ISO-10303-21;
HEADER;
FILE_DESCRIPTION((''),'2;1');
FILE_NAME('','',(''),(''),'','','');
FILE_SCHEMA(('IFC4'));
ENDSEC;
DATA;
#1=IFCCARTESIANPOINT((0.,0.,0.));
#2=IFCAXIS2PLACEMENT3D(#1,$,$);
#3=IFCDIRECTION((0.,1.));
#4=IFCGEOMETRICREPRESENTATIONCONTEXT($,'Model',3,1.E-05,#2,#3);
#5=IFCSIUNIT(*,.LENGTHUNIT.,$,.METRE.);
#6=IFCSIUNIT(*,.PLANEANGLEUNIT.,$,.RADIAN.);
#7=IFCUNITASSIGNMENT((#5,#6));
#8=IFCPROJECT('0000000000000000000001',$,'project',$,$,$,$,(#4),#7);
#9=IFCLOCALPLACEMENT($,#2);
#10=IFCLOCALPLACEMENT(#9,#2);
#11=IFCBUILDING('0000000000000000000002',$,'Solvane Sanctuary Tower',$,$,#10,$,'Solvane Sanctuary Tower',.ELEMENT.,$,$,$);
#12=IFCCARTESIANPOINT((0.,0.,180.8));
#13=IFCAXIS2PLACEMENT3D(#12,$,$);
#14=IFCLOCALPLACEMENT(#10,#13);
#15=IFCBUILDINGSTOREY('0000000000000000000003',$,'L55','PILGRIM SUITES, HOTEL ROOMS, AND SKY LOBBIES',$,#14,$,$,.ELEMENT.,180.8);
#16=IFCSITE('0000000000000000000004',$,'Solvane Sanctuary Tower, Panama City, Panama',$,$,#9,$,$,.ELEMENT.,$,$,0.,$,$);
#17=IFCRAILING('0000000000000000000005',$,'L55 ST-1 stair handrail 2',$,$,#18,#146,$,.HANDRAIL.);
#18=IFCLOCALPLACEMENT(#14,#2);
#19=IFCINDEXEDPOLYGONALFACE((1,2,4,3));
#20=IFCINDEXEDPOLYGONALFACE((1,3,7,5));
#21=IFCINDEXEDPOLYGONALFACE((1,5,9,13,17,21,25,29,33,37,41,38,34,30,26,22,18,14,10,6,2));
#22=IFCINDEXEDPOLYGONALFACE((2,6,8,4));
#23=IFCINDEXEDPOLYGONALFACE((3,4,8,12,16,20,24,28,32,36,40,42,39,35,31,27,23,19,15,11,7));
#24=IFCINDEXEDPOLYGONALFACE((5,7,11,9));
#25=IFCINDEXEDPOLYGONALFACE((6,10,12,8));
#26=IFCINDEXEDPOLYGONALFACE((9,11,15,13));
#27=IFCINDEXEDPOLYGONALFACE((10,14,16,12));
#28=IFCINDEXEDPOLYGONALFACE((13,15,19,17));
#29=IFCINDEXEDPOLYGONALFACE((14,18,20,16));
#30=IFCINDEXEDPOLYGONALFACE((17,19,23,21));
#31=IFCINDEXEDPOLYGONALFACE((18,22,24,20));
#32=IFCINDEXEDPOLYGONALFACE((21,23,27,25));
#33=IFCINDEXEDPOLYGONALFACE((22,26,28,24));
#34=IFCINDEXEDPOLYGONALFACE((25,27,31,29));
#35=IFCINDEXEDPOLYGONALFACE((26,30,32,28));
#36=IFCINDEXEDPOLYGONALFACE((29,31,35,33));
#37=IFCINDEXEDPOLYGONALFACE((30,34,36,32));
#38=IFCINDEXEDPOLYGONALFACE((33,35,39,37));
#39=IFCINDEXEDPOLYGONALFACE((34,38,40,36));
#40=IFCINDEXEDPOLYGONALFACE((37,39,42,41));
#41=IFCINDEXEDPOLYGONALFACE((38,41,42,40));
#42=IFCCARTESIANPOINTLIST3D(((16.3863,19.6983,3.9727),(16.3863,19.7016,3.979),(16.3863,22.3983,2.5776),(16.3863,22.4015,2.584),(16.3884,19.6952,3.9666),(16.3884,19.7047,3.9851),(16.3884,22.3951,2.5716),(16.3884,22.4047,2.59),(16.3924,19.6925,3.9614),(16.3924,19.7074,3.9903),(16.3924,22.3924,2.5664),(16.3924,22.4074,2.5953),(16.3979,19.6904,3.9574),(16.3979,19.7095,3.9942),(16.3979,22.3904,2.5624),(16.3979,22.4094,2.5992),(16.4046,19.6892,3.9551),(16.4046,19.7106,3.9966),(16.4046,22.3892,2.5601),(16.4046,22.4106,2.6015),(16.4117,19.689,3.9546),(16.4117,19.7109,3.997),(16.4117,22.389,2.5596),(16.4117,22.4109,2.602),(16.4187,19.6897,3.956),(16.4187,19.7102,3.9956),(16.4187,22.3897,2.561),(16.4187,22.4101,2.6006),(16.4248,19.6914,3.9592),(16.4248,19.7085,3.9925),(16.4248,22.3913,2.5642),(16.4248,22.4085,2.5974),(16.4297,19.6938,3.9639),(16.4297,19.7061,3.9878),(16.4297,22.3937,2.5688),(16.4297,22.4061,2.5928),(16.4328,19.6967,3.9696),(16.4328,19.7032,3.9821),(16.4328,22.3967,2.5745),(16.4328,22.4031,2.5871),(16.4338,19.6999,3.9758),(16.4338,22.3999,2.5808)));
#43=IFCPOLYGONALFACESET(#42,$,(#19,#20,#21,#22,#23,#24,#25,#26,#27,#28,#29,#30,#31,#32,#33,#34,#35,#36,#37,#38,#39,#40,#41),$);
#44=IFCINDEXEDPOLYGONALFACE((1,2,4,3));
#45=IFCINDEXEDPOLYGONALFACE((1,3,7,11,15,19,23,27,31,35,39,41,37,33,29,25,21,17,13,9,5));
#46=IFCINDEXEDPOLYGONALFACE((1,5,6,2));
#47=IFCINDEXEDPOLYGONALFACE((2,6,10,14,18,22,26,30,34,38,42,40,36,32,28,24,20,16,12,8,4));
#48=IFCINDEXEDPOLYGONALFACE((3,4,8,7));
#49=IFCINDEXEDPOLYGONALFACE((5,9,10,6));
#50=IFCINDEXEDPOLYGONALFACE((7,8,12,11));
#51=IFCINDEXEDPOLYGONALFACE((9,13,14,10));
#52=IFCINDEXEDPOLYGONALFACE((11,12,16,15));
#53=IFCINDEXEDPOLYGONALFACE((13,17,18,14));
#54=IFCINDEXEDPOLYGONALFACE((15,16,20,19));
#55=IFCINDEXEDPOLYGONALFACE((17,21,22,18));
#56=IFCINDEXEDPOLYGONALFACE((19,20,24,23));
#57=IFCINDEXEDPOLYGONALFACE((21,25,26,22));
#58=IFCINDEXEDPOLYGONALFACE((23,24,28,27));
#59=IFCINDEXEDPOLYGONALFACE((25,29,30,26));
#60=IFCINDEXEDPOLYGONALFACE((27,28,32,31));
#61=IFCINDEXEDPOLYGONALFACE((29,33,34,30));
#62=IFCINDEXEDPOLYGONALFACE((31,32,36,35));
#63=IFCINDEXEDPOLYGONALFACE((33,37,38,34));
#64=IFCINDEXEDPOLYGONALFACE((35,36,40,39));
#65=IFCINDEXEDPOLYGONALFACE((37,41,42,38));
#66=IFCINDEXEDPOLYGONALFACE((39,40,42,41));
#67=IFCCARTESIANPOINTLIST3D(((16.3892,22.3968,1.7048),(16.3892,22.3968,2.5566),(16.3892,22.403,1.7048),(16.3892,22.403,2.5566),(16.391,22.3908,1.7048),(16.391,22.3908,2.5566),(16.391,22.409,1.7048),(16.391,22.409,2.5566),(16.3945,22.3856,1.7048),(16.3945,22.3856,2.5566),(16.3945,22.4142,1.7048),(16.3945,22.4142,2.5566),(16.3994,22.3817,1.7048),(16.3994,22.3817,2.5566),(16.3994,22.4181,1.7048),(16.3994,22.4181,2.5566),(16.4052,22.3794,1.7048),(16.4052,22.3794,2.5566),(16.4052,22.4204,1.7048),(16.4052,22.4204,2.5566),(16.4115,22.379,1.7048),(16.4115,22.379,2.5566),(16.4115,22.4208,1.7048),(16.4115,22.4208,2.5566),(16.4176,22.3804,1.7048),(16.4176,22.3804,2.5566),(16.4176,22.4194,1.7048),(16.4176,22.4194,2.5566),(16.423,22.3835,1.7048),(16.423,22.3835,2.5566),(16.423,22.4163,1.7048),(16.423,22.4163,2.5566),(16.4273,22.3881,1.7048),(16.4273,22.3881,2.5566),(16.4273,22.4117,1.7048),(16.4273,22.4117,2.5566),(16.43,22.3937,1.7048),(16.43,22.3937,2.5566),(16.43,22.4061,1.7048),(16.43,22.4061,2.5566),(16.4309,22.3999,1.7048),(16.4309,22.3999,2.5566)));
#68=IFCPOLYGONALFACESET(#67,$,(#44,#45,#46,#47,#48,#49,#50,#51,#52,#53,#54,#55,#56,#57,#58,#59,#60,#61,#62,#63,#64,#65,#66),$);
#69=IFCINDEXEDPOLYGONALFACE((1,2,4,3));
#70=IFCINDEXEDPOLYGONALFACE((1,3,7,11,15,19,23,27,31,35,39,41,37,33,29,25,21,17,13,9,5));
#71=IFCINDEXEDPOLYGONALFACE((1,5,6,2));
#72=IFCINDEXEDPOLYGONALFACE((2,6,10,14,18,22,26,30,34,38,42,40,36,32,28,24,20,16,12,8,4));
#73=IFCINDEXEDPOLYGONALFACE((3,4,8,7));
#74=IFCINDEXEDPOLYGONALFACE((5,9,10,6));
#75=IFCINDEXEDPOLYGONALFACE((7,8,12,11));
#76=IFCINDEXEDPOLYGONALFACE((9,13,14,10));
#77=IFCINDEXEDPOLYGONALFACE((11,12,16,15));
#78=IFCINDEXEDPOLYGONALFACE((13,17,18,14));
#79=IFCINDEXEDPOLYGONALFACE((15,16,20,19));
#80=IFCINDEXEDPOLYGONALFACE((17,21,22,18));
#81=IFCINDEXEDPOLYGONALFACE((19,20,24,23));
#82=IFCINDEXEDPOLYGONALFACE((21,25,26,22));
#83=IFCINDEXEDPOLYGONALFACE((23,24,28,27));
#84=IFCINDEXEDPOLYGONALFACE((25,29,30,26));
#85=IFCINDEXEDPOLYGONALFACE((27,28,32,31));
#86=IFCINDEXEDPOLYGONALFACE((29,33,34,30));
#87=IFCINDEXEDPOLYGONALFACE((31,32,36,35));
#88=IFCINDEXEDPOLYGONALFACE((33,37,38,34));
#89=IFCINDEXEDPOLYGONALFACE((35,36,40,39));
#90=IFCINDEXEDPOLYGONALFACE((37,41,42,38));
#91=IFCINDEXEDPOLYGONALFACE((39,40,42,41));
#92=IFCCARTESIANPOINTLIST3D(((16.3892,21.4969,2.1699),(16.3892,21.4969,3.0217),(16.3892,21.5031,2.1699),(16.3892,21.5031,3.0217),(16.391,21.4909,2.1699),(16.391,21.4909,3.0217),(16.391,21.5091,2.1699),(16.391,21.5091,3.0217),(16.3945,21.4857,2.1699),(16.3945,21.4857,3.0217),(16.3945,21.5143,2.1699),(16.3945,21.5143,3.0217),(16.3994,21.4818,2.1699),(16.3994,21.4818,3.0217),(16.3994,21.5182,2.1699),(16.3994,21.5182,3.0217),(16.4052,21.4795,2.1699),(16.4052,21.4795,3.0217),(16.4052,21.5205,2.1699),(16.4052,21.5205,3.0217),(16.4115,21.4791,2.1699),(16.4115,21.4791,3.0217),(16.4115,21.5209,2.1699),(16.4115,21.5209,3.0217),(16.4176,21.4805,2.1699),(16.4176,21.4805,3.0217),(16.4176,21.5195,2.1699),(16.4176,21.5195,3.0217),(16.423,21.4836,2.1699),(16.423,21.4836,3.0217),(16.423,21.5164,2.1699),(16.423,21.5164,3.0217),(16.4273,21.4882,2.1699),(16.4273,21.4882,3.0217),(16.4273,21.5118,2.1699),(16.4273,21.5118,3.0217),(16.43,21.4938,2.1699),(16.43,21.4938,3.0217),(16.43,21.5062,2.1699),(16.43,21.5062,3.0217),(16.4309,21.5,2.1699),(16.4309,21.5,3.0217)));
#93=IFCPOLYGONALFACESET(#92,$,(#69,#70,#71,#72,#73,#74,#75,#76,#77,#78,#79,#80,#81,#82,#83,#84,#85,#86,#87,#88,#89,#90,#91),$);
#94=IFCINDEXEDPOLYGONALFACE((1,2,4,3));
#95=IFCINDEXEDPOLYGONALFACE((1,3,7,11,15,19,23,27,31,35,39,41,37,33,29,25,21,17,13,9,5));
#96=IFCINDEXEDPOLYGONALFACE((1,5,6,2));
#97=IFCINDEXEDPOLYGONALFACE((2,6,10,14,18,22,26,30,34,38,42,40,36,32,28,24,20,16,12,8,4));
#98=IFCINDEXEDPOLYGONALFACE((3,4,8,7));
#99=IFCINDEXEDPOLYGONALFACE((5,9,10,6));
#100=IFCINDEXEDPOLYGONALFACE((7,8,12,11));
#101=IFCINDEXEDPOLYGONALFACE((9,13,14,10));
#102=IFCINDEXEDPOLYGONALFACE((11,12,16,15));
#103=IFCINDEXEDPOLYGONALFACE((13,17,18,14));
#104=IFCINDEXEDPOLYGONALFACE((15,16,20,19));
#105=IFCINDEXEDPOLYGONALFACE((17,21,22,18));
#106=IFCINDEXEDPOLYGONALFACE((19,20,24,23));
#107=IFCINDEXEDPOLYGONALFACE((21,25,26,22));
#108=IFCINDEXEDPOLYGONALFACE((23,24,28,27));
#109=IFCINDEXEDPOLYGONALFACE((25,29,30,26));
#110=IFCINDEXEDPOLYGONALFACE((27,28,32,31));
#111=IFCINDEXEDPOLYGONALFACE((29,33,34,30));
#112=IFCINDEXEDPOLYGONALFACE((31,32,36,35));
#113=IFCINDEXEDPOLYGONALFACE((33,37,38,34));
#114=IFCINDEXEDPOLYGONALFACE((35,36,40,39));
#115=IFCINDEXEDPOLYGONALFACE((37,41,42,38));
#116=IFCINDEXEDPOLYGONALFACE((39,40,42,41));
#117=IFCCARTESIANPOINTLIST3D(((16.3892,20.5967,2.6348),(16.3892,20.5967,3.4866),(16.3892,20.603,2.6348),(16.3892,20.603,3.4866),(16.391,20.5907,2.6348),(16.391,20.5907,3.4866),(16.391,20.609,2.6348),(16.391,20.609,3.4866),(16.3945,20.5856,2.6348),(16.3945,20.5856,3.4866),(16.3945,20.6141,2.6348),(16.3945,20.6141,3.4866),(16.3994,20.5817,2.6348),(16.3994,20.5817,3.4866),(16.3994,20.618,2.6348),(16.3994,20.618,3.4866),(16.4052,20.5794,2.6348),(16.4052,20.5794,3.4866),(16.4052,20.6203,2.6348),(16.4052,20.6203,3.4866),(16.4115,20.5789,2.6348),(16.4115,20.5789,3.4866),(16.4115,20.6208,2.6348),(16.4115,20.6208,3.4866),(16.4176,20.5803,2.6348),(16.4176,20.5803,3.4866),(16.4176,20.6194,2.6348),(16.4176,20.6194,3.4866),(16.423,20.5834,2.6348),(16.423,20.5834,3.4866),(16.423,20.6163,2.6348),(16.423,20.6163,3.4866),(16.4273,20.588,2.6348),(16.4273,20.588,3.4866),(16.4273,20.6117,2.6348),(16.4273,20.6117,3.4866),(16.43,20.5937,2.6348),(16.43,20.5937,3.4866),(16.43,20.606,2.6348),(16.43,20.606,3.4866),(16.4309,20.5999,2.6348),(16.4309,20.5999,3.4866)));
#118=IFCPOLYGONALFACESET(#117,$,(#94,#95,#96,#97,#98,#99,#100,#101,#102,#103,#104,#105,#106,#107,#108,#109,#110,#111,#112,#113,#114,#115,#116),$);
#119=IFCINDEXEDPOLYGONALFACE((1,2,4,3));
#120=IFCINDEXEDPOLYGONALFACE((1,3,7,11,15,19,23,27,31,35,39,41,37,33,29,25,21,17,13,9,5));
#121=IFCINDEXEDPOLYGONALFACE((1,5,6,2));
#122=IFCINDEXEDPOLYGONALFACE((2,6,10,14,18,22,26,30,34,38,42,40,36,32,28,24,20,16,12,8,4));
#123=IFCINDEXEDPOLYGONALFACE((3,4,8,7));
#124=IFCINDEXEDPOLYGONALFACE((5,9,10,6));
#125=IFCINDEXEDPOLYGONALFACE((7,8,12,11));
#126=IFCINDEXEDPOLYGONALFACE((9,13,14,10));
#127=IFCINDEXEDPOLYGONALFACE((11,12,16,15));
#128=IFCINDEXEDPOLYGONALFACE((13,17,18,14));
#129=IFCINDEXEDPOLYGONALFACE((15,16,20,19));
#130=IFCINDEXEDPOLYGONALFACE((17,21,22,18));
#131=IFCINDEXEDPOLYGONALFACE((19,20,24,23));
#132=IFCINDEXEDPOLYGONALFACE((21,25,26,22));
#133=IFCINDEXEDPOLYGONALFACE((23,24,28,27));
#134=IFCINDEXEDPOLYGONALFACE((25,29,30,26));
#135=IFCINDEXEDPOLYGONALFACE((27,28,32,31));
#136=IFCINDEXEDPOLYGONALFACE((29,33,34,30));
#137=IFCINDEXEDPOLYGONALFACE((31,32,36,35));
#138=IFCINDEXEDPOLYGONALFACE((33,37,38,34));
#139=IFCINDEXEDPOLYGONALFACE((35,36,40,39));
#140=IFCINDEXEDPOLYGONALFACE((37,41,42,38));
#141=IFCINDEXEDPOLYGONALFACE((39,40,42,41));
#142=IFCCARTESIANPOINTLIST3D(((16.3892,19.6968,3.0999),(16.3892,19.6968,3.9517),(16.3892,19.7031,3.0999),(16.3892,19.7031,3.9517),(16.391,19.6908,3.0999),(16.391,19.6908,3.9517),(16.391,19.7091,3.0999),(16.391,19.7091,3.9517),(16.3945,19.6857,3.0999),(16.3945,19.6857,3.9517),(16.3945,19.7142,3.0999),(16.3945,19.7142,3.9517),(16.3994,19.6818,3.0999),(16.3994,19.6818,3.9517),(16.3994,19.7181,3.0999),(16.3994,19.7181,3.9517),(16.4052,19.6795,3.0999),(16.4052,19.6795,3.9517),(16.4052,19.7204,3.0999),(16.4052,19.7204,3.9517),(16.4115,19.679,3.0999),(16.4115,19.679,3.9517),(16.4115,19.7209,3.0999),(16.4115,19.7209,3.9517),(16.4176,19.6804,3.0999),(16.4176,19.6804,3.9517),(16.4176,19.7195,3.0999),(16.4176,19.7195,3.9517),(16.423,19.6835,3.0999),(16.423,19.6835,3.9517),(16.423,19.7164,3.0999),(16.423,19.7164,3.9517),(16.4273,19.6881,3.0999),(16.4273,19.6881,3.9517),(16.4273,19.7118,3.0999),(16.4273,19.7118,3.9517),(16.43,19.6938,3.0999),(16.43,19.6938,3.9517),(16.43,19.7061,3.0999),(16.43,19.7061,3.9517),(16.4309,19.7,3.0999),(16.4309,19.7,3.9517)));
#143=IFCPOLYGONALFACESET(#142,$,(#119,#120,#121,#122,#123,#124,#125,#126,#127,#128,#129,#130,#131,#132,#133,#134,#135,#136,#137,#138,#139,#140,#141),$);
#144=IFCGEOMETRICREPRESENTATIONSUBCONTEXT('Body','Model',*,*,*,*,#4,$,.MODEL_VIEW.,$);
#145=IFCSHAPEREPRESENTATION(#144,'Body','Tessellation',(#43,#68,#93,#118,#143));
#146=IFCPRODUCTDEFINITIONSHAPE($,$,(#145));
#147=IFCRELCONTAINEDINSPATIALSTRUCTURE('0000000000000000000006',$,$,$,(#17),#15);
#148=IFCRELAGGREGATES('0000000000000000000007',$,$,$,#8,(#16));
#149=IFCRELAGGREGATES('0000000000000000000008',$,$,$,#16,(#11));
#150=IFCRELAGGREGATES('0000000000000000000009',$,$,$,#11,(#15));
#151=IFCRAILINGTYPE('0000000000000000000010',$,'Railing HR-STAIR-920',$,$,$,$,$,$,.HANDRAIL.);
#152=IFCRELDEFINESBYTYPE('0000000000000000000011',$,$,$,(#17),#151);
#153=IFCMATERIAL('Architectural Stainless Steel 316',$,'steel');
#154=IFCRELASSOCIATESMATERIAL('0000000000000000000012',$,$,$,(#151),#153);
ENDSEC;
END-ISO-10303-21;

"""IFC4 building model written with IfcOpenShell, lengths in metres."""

from ifc_helpers import new_model, si_unit, direction, frame, origin, origin_2d, place, context, subcontext, project, spatial, circle, extrude, material, type_object, element, save


model = new_model("IFC4")

# Units and contexts
model_context = context("Model", 3, precision=1e-05, world=origin(), true_north=direction((0.0, 1.0)))
body_context = subcontext(model_context, "Body", "Model", "MODEL_VIEW")
ifc_project = project(units=[si_unit("LENGTHUNIT", "METRE"), si_unit("PLANEANGLEUNIT", "RADIAN")], contexts=[model_context])

# Site, building, storey
site_placement = place(None, origin())
site = spatial("IfcSite", under=ifc_project, at=site_placement, Name="Solvane Sanctuary Tower, Panama City, Panama", CompositionType="ELEMENT", RefElevation=0.0)
building_placement = place(site_placement, origin())
building = spatial("IfcBuilding", under=site, at=building_placement, Name="Solvane Sanctuary Tower", LongName="Solvane Sanctuary Tower", CompositionType="ELEMENT")
storey_placement = place(building_placement, frame((0.0, 0.0, 180.8)))
storey = spatial("IfcBuildingStorey", under=building, at=storey_placement, Name="L55", Description="PILGRIM SUITES, HOTEL ROOMS, AND SKY LOBBIES", CompositionType="ELEMENT", Elevation=180.8)

# Railing
ifc_material_1 = material(Name="Architectural Stainless Steel 316", Category="steel")
railing_type_1 = type_object("IfcRailingType", Name="Railing HR-STAIR-920", PredefinedType="HANDRAIL", material=ifc_material_1)
railing_1_placement = place(storey_placement, frame((16.4099, 22.3999, 1.7048)))
element("IfcRailing", 1, at=railing_1_placement, inside=storey, type_object=railing_type_1, Name="L55 ST-1 stair handrail 2", PredefinedType="HANDRAIL", context=body_context, shape_type="SweptSolid", body=[
    extrude(circle(Radius=0.0239, at=origin_2d()), frame((0.0, 0.0, 0.876), z_axis=(0.0, -0.88842, 0.459032), x_axis=(1.0, 0.0, 0.0)), (0.0, 0.0, 1.0), 3.0391),
    extrude(circle(Radius=0.021, at=origin_2d()), origin(), (0.0, 0.0, 1.0), 0.8518),
    extrude(circle(Radius=0.021, at=origin_2d()), frame((0.0, -0.8999, 0.4651)), (0.0, 0.0, 1.0), 0.8518),
    extrude(circle(Radius=0.021, at=origin_2d()), frame((0.0, -1.8, 0.9299)), (0.0, 0.0, 1.0), 0.8518),
    extrude(circle(Radius=0.021, at=origin_2d()), frame((0.0, -2.7, 1.395)), (0.0, 0.0, 1.0), 0.8518),
])

save(model, "model.ifc")
